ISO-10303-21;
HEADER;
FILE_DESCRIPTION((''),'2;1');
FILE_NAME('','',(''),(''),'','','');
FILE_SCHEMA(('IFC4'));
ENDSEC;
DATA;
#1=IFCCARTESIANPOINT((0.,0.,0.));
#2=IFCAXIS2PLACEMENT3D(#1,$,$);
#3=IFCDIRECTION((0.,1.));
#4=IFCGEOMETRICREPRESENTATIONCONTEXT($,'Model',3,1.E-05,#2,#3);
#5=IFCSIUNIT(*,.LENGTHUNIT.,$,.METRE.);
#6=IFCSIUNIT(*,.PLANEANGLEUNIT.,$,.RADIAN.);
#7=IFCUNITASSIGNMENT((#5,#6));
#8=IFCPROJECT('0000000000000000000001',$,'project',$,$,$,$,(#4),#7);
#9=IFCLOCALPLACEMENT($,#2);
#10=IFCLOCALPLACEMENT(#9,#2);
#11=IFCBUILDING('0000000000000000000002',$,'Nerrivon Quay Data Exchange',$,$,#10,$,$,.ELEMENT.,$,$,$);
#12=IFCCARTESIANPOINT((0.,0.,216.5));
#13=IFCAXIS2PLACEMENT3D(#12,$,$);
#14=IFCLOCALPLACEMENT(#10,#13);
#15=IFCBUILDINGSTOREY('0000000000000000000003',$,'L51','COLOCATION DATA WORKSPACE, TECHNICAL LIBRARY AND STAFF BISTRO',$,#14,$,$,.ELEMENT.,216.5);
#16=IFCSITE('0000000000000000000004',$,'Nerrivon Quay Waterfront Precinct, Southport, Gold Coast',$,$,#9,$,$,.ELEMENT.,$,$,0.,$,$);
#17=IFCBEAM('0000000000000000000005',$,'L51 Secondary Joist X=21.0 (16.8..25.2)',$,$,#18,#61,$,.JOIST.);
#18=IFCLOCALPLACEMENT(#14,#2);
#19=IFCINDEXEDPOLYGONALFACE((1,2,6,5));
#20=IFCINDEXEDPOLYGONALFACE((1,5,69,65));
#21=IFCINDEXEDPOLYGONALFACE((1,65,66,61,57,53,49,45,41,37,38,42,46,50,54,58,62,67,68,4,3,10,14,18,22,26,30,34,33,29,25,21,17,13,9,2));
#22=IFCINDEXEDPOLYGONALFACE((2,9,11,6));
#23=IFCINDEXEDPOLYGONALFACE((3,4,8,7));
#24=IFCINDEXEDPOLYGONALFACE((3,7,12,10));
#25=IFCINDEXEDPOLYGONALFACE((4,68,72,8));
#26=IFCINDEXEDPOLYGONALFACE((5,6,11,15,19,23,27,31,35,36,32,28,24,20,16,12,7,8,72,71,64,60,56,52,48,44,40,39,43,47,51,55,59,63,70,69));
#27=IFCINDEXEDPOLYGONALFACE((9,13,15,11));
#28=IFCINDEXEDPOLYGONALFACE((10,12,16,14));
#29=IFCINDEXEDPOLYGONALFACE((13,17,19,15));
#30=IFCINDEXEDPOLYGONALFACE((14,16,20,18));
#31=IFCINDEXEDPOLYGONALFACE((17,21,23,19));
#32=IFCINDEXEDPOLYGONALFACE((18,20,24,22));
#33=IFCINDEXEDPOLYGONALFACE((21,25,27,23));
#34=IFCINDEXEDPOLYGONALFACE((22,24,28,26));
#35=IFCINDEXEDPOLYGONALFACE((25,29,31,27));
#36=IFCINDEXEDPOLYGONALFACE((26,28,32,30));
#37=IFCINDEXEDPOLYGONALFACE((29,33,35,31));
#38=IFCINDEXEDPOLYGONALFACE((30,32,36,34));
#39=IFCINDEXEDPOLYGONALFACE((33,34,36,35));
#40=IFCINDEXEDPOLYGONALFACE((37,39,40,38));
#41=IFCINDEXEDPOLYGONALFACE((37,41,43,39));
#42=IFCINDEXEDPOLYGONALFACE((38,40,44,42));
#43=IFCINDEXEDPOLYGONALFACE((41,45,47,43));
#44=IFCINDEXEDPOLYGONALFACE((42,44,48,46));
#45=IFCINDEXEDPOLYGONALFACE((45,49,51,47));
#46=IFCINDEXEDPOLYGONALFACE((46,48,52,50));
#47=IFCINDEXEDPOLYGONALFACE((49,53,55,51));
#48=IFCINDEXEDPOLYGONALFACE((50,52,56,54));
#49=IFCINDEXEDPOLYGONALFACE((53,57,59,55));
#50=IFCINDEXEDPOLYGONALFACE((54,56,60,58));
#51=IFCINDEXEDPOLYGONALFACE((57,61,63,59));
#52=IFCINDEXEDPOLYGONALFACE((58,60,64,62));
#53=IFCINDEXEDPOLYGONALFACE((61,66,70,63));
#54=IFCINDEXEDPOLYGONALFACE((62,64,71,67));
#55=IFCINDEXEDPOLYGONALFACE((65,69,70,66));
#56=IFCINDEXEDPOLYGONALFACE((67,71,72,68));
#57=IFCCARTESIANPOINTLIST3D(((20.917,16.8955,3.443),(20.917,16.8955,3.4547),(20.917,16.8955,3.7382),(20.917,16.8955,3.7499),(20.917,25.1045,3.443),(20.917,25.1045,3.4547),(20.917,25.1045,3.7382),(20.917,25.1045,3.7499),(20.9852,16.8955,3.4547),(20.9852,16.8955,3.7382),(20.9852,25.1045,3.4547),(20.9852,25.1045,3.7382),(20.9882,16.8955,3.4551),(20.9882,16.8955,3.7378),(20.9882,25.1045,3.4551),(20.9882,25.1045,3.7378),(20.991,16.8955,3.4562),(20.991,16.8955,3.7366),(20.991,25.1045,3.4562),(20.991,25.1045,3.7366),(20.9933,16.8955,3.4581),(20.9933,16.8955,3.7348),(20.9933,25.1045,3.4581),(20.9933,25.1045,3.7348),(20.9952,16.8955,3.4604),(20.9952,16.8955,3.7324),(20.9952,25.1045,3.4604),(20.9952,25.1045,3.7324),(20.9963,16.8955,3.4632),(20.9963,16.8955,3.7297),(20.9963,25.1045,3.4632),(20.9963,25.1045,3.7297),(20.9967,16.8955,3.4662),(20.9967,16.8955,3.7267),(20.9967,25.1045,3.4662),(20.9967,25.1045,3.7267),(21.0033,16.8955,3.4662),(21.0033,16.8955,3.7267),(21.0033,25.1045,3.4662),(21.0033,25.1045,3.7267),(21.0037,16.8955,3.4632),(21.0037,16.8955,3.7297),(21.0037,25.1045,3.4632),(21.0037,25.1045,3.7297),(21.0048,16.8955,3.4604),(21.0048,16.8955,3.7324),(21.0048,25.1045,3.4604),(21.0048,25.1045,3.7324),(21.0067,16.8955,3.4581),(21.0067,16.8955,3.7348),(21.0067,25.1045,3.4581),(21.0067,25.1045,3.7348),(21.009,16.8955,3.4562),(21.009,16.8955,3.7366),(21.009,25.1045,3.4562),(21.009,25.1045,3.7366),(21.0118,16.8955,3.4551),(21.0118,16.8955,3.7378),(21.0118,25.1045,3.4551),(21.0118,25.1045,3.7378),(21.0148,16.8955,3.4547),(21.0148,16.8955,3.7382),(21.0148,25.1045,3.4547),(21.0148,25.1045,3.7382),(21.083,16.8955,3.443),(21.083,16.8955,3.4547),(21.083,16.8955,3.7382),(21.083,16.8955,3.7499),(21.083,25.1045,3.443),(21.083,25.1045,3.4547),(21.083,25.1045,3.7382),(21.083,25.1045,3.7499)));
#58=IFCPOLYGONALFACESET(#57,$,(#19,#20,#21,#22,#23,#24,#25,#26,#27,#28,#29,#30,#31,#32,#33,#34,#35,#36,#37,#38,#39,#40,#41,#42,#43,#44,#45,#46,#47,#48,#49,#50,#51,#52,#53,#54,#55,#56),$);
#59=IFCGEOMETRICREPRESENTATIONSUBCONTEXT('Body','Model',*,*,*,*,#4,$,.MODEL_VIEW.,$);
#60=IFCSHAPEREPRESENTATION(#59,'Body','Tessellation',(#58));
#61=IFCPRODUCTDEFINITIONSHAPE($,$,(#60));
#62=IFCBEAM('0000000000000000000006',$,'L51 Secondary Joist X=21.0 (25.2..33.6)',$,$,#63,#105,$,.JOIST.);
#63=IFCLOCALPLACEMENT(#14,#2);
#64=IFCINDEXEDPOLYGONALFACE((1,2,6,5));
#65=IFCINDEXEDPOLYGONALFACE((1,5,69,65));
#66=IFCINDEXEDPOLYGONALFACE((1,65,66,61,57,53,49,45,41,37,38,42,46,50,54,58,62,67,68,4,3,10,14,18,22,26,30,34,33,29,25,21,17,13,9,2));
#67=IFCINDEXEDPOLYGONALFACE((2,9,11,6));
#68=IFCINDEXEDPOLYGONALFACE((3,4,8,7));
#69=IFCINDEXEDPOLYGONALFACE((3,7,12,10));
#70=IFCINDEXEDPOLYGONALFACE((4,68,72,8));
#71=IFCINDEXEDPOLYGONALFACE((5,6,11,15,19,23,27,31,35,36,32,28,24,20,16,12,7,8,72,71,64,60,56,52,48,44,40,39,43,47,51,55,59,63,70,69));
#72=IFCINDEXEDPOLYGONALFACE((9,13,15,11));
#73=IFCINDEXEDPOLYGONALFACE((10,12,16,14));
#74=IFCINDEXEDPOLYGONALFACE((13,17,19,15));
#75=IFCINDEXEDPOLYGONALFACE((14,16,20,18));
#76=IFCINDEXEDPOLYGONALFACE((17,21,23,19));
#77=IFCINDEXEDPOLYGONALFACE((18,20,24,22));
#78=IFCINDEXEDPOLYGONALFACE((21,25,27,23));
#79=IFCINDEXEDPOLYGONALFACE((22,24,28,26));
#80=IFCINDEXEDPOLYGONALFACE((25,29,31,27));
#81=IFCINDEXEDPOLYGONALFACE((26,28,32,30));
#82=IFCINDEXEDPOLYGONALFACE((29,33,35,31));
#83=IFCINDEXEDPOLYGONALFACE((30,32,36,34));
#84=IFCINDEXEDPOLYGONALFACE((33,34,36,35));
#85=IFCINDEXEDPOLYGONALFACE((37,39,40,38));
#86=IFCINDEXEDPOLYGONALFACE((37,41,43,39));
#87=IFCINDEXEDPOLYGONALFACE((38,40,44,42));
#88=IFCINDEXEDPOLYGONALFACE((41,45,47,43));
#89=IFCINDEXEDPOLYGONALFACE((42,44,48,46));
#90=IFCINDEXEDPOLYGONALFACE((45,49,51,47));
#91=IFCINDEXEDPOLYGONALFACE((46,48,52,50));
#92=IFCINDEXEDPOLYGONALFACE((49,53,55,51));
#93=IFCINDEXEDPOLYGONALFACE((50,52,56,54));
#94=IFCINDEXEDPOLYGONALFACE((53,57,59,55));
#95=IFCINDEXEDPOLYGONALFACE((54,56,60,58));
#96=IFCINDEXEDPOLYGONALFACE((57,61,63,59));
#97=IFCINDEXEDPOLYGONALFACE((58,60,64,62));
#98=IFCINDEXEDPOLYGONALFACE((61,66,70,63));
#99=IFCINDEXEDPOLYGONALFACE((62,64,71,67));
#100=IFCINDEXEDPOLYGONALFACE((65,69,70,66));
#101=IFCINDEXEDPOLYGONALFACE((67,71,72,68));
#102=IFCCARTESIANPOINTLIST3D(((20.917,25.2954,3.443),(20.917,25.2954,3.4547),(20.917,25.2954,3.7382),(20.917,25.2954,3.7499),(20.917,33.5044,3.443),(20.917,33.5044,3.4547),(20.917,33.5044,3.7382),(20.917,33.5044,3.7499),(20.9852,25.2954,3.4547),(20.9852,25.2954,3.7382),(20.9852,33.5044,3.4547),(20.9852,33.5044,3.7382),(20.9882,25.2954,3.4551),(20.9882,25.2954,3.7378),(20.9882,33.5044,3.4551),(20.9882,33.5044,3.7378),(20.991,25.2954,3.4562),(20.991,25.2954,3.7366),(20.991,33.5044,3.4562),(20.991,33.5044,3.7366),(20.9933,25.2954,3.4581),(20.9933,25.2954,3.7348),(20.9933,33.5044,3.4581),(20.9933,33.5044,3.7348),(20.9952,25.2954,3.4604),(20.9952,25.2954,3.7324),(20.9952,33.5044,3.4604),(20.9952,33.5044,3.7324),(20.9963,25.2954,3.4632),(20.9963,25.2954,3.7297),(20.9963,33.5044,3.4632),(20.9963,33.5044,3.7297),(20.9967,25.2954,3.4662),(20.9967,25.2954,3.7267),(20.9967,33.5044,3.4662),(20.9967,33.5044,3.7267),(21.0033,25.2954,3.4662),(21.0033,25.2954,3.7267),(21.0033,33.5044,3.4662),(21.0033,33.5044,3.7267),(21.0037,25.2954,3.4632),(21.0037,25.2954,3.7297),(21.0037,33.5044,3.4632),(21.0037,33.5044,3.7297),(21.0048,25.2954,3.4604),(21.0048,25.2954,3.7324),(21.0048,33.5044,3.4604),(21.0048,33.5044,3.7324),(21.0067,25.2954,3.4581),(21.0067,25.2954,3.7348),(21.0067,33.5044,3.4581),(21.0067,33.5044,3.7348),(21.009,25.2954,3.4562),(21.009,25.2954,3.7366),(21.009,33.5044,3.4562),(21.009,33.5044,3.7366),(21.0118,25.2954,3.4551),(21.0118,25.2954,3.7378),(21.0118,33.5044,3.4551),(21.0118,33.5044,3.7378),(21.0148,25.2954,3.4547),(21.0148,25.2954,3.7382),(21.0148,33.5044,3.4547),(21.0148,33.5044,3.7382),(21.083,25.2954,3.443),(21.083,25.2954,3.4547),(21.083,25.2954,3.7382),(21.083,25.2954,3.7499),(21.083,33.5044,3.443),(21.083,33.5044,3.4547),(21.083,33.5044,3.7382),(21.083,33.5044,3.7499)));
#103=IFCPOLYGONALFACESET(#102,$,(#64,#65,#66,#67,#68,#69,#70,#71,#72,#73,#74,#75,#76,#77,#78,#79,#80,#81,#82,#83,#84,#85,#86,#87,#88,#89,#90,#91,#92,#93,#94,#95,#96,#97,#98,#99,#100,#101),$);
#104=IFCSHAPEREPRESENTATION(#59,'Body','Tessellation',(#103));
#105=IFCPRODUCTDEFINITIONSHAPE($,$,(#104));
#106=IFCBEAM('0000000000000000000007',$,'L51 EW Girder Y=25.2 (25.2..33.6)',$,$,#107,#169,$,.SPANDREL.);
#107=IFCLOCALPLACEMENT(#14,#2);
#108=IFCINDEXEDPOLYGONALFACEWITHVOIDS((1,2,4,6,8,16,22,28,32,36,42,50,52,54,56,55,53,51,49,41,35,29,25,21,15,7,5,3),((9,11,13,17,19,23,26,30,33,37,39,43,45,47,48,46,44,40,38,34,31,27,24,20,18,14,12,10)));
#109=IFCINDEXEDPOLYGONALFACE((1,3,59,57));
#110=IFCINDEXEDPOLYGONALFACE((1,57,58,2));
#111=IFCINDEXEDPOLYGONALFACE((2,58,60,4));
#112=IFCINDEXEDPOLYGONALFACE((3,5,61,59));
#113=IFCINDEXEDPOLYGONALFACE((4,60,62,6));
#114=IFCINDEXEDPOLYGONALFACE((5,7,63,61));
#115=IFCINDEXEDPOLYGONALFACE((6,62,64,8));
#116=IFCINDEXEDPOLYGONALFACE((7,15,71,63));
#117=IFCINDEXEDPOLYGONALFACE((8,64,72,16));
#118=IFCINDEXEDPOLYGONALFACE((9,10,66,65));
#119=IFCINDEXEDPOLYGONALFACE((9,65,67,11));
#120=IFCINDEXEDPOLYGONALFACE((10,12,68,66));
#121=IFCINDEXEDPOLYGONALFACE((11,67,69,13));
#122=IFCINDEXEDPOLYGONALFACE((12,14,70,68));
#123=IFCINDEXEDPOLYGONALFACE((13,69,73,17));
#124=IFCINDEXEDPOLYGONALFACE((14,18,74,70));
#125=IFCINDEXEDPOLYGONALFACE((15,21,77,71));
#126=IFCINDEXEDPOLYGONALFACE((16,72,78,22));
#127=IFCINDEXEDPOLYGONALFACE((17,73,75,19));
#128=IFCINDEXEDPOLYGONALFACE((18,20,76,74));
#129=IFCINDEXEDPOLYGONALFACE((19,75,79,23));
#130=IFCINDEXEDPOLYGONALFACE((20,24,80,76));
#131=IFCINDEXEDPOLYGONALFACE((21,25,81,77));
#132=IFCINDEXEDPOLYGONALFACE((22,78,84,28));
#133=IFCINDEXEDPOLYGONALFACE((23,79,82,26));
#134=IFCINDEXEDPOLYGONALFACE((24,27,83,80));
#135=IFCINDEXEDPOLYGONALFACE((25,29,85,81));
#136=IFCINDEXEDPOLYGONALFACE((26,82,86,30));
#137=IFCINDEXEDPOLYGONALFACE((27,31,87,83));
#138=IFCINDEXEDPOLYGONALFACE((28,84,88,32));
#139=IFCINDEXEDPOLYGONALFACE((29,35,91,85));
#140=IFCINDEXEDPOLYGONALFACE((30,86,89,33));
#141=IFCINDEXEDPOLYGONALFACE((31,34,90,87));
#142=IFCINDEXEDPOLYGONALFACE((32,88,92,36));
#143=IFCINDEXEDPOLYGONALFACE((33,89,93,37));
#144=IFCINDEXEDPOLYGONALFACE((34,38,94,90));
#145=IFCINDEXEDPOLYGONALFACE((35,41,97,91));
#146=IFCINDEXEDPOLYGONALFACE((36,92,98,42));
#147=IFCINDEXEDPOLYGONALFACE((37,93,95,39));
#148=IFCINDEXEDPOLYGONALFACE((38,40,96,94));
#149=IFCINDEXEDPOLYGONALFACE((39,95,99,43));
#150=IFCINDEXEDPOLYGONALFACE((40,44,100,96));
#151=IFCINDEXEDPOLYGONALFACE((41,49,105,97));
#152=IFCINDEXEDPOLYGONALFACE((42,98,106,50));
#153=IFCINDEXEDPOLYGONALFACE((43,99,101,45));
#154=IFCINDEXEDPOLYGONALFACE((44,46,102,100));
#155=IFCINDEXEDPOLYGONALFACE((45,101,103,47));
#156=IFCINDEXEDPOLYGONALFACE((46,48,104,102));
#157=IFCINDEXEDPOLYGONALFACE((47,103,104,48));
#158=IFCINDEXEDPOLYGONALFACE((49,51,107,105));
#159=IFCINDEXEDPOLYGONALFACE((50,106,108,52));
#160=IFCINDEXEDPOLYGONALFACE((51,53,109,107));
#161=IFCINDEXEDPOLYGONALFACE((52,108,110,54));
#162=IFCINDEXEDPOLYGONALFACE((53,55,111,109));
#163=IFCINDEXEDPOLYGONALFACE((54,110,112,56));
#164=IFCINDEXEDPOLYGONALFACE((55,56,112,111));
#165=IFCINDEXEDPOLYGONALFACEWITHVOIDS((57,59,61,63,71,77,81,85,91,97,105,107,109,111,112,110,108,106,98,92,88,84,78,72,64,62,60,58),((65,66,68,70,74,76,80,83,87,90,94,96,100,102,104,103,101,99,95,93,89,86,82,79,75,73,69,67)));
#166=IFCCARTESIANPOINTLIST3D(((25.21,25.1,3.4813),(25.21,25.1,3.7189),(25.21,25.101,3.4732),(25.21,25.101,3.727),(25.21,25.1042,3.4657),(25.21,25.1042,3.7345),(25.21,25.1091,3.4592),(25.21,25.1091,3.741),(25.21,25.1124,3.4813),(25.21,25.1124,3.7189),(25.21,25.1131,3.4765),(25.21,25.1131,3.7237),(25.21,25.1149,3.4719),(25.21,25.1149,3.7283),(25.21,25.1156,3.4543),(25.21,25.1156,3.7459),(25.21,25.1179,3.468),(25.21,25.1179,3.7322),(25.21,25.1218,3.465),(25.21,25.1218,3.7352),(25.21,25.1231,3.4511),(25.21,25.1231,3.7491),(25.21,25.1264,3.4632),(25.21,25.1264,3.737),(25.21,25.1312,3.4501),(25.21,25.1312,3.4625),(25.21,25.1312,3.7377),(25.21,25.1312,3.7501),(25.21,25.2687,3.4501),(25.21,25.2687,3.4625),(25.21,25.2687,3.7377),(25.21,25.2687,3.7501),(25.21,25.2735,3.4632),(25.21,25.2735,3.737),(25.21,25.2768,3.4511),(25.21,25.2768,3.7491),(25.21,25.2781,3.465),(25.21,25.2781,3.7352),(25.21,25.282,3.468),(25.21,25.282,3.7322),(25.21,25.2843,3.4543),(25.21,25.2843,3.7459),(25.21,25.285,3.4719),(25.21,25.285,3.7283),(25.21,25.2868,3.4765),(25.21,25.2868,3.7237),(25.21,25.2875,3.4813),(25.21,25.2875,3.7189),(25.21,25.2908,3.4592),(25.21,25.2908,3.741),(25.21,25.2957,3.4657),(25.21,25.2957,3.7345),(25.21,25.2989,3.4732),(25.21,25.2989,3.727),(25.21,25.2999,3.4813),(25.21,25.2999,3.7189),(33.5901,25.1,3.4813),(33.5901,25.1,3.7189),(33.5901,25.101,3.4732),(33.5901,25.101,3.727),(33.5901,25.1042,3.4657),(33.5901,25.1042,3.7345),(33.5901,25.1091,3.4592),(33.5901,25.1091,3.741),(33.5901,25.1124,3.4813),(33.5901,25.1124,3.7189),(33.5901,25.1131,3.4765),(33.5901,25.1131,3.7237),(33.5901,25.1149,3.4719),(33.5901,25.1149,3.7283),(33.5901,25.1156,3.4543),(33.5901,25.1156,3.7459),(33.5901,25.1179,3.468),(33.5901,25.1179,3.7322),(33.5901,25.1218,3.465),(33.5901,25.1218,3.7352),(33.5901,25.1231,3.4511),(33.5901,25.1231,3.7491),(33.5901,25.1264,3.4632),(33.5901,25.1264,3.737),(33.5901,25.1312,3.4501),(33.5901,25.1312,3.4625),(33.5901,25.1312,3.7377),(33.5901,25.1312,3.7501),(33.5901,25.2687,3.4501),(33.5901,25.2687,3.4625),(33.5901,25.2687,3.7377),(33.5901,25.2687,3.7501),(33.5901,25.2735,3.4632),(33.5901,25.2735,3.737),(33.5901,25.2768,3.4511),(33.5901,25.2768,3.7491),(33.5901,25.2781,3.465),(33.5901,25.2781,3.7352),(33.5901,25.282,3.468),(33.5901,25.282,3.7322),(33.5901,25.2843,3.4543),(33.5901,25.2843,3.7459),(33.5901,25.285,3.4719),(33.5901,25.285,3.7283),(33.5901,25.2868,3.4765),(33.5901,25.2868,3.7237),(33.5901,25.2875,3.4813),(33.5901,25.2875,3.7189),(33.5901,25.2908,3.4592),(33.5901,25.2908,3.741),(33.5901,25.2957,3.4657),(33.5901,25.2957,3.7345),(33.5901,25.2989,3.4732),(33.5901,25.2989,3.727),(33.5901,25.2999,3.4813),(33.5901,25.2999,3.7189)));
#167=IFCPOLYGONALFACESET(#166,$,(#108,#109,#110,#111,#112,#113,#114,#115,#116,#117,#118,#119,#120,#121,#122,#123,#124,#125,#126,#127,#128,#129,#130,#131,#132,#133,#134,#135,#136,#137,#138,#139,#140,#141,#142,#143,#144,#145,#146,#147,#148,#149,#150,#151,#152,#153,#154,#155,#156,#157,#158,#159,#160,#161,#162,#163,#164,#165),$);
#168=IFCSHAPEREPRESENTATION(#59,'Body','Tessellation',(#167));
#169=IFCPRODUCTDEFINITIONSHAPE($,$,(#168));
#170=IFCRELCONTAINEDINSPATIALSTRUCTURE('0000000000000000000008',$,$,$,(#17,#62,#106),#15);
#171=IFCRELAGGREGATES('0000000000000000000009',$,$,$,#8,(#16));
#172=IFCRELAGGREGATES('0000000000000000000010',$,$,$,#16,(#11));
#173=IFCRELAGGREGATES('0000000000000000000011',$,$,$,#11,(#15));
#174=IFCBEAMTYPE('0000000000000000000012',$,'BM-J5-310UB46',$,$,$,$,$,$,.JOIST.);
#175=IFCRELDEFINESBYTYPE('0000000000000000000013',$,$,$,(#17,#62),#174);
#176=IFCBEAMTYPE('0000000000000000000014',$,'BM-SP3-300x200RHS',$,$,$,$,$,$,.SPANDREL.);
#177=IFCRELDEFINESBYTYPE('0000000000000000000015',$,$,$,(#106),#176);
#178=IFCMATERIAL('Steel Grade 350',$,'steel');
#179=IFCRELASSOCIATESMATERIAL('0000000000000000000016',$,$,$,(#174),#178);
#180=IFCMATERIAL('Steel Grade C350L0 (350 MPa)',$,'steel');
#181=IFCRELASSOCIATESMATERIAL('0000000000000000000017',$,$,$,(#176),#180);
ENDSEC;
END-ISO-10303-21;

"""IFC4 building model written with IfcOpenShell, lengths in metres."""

from ifc_helpers import new_model, si_unit, direction, frame, origin, origin_2d, place, context, subcontext, project, spatial, hollow_rectangle, i_section, extrude, material, material_profile, profile_set, type_object, element, save


model = new_model("IFC4")

# Units and contexts
model_context = context("Model", 3, precision=1e-05, world=origin(), true_north=direction((0.0, 1.0)))
body_context = subcontext(model_context, "Body", "Model", "MODEL_VIEW")
ifc_project = project(units=[si_unit("LENGTHUNIT", "METRE"), si_unit("PLANEANGLEUNIT", "RADIAN")], contexts=[model_context])

# Site, building, storey
site_placement = place(None, origin())
site = spatial("IfcSite", under=ifc_project, at=site_placement, Name="Nerrivon Quay Waterfront Precinct, Southport, Gold Coast", CompositionType="ELEMENT", RefElevation=0.0)
building_placement = place(site_placement, origin())
building = spatial("IfcBuilding", under=site, at=building_placement, Name="Nerrivon Quay Data Exchange", CompositionType="ELEMENT")
storey_placement = place(building_placement, frame((0.0, 0.0, 216.5)))
storey = spatial("IfcBuildingStorey", under=building, at=storey_placement, Name="L51", Description="COLOCATION DATA WORKSPACE, TECHNICAL LIBRARY AND STAFF BISTRO", CompositionType="ELEMENT", Elevation=216.5)

# Shared definitions
ifc_material_1 = material(Name="Steel Grade 350", Category="steel")

# Beams
ifc_material_profile_1 = material_profile(ifc_material_1, i_section(OverallWidth=0.166, OverallDepth=0.3069, WebThickness=0.0066, FlangeThickness=0.0117, FilletRadius=0.0115, at=origin_2d()), Name="310UB46.2")
ifc_profile_set_1 = profile_set([ifc_material_profile_1], Name="Steel Grade 350")
beam_type_1 = type_object("IfcBeamType", Name="BM-J5-310UB46", PredefinedType="JOIST", material=ifc_profile_set_1)
for number, where, z_axis, x_axis, name in (
    (1, (21.0, 16.8955, 3.5964), (0.0, 1.0, 0.0), (-1.0, 0.0, 0.0), "L51 Secondary Joist X=21.0 (16.8..25.2)"),
    (2, (21.0, 25.2954, 3.5964), (0.0, 1.0, 0.0), (-1.0, 0.0, 0.0), "L51 Secondary Joist X=21.0 (25.2..33.6)"),
):
    element("IfcBeam", number, at=place(storey_placement, frame(where, z_axis=z_axis, x_axis=x_axis)), inside=storey, type_object=beam_type_1, Name=name, PredefinedType="JOIST", context=body_context, shape_type="SweptSolid", body=[
        extrude(i_section(OverallWidth=0.166, OverallDepth=0.3069, WebThickness=0.0066, FlangeThickness=0.0117, FilletRadius=0.0115, at=origin_2d()), origin(), (0.0, 0.0, 1.0), 8.209),
    ])
ifc_material_2 = material(Name="Steel Grade C350L0 (350 MPa)", Category="steel")
ifc_material_profile_2 = material_profile(ifc_material_2, hollow_rectangle(XDim=0.2, YDim=0.3, WallThickness=0.0125, InnerFilletRadius=0.0188, OuterFilletRadius=0.0312, at=origin_2d()), Name="300x200x12.5RHS")
ifc_profile_set_2 = profile_set([ifc_material_profile_2], Name="Steel Grade C350L0 (350 MPa)")
beam_type_2 = type_object("IfcBeamType", Name="BM-SP3-300x200RHS", PredefinedType="SPANDREL", material=ifc_profile_set_2)
beam_1_placement = place(storey_placement, frame((25.21, 25.2, 3.6001), z_axis=(1.0, 0.0, 0.0), x_axis=(0.0, 1.0, 0.0)))
element("IfcBeam", 3, at=beam_1_placement, inside=storey, type_object=beam_type_2, Name="L51 EW Girder Y=25.2 (25.2..33.6)", PredefinedType="SPANDREL", context=body_context, shape_type="SweptSolid", body=[
    extrude(hollow_rectangle(XDim=0.2, YDim=0.3, WallThickness=0.0125, InnerFilletRadius=0.0188, OuterFilletRadius=0.0312, at=origin_2d()), origin(), (0.0, 0.0, 1.0), 8.3801),
])

save(model, "model.ifc")
